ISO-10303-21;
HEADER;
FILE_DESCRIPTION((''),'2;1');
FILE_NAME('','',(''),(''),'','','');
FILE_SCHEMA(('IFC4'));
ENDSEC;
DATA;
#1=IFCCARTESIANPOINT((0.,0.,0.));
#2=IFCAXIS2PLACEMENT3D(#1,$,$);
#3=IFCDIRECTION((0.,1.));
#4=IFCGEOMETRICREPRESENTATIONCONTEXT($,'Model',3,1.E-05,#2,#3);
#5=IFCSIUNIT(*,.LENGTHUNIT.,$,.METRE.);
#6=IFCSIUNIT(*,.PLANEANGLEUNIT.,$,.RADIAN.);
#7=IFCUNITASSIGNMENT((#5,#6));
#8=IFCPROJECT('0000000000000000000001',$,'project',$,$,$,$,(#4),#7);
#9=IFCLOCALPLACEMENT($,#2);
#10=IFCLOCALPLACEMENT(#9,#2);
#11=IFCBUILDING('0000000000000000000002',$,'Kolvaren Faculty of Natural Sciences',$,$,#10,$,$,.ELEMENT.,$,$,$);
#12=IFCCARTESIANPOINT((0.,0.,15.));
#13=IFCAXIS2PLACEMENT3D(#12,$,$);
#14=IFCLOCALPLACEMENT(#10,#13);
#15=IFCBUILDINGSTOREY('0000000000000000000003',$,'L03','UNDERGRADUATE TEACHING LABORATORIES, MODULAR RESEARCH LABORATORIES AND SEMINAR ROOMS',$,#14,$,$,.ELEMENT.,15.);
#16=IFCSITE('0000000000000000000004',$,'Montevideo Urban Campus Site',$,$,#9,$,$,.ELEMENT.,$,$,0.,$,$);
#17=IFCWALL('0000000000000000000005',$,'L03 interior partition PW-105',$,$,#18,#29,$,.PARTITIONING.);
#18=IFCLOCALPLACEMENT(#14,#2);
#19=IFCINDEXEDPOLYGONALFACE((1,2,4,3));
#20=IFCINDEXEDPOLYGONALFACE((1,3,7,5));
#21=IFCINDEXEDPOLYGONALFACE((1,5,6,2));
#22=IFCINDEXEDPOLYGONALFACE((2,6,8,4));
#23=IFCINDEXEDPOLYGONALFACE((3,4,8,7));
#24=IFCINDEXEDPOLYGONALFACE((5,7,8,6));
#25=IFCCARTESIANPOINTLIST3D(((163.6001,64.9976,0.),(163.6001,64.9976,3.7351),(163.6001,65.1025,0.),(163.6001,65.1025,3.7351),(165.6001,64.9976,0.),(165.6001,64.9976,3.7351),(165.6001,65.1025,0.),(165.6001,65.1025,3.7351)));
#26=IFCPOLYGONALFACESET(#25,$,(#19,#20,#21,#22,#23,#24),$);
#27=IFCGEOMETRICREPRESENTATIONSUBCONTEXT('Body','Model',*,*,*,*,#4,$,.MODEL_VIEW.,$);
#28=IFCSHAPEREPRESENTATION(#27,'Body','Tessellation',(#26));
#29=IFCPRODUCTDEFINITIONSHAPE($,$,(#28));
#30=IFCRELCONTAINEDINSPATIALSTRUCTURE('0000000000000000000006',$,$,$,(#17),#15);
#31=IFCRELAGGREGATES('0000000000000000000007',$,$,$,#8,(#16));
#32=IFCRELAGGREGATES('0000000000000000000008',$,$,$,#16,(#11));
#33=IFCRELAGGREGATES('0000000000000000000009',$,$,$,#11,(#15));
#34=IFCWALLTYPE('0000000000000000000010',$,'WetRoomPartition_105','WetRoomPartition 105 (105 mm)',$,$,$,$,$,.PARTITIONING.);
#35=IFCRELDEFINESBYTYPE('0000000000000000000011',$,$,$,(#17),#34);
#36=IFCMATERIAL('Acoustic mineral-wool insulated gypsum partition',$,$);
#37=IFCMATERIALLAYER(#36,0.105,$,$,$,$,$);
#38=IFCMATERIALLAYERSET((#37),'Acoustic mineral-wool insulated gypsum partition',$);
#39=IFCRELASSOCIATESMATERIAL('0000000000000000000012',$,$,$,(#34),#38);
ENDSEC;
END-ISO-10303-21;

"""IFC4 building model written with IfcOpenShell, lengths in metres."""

from ifc_helpers import new_model, si_unit, direction, frame, frame_2d, origin, place, context, subcontext, project, spatial, rectangle, extrude, material, layer, layer_set, type_object, element, save


model = new_model("IFC4")

# Units and contexts
model_context = context("Model", 3, precision=1e-05, world=origin(), true_north=direction((0.0, 1.0)))
body_context = subcontext(model_context, "Body", "Model", "MODEL_VIEW")
ifc_project = project(units=[si_unit("LENGTHUNIT", "METRE"), si_unit("PLANEANGLEUNIT", "RADIAN")], contexts=[model_context])

# Site, building, storey
site_placement = place(None, origin())
site = spatial("IfcSite", under=ifc_project, at=site_placement, Name="Montevideo Urban Campus Site", CompositionType="ELEMENT", RefElevation=0.0)
building_placement = place(site_placement, origin())
building = spatial("IfcBuilding", under=site, at=building_placement, Name="Kolvaren Faculty of Natural Sciences", CompositionType="ELEMENT")
storey_placement = place(building_placement, frame((0.0, 0.0, 15.0)))
storey = spatial("IfcBuildingStorey", under=building, at=storey_placement, Name="L03", Description="UNDERGRADUATE TEACHING LABORATORIES, MODULAR RESEARCH LABORATORIES AND SEMINAR ROOMS", CompositionType="ELEMENT", Elevation=15.0)

# Shared definitions
ifc_material_1 = material(Name="Acoustic mineral-wool insulated gypsum partition")
ifc_layer_1 = layer(ifc_material_1, 0.105)
ifc_layer_set_1 = layer_set([ifc_layer_1], Name="Acoustic mineral-wool insulated gypsum partition")
wall_type_1 = type_object("IfcWallType", Name="WetRoomPartition_105", Description="WetRoomPartition 105 (105 mm)", PredefinedType="PARTITIONING", material=ifc_layer_set_1)

# Wall
wall_1_placement = place(storey_placement, frame((163.6001, 65.05, 0.0), z_axis=(0.0, 0.0, 1.0), x_axis=(1.0, 0.0, 0.0)))
element("IfcWall", 1, at=wall_1_placement, inside=storey, type_object=wall_type_1, Name="L03 interior partition PW-105", PredefinedType="PARTITIONING", context=body_context, shape_type="SweptSolid", body=[
    extrude(rectangle(XDim=2.0, YDim=0.105, at=frame_2d((1.0, 0.0))), origin(), (0.0, 0.0, 1.0), 3.7351),
])

save(model, "model.ifc")
